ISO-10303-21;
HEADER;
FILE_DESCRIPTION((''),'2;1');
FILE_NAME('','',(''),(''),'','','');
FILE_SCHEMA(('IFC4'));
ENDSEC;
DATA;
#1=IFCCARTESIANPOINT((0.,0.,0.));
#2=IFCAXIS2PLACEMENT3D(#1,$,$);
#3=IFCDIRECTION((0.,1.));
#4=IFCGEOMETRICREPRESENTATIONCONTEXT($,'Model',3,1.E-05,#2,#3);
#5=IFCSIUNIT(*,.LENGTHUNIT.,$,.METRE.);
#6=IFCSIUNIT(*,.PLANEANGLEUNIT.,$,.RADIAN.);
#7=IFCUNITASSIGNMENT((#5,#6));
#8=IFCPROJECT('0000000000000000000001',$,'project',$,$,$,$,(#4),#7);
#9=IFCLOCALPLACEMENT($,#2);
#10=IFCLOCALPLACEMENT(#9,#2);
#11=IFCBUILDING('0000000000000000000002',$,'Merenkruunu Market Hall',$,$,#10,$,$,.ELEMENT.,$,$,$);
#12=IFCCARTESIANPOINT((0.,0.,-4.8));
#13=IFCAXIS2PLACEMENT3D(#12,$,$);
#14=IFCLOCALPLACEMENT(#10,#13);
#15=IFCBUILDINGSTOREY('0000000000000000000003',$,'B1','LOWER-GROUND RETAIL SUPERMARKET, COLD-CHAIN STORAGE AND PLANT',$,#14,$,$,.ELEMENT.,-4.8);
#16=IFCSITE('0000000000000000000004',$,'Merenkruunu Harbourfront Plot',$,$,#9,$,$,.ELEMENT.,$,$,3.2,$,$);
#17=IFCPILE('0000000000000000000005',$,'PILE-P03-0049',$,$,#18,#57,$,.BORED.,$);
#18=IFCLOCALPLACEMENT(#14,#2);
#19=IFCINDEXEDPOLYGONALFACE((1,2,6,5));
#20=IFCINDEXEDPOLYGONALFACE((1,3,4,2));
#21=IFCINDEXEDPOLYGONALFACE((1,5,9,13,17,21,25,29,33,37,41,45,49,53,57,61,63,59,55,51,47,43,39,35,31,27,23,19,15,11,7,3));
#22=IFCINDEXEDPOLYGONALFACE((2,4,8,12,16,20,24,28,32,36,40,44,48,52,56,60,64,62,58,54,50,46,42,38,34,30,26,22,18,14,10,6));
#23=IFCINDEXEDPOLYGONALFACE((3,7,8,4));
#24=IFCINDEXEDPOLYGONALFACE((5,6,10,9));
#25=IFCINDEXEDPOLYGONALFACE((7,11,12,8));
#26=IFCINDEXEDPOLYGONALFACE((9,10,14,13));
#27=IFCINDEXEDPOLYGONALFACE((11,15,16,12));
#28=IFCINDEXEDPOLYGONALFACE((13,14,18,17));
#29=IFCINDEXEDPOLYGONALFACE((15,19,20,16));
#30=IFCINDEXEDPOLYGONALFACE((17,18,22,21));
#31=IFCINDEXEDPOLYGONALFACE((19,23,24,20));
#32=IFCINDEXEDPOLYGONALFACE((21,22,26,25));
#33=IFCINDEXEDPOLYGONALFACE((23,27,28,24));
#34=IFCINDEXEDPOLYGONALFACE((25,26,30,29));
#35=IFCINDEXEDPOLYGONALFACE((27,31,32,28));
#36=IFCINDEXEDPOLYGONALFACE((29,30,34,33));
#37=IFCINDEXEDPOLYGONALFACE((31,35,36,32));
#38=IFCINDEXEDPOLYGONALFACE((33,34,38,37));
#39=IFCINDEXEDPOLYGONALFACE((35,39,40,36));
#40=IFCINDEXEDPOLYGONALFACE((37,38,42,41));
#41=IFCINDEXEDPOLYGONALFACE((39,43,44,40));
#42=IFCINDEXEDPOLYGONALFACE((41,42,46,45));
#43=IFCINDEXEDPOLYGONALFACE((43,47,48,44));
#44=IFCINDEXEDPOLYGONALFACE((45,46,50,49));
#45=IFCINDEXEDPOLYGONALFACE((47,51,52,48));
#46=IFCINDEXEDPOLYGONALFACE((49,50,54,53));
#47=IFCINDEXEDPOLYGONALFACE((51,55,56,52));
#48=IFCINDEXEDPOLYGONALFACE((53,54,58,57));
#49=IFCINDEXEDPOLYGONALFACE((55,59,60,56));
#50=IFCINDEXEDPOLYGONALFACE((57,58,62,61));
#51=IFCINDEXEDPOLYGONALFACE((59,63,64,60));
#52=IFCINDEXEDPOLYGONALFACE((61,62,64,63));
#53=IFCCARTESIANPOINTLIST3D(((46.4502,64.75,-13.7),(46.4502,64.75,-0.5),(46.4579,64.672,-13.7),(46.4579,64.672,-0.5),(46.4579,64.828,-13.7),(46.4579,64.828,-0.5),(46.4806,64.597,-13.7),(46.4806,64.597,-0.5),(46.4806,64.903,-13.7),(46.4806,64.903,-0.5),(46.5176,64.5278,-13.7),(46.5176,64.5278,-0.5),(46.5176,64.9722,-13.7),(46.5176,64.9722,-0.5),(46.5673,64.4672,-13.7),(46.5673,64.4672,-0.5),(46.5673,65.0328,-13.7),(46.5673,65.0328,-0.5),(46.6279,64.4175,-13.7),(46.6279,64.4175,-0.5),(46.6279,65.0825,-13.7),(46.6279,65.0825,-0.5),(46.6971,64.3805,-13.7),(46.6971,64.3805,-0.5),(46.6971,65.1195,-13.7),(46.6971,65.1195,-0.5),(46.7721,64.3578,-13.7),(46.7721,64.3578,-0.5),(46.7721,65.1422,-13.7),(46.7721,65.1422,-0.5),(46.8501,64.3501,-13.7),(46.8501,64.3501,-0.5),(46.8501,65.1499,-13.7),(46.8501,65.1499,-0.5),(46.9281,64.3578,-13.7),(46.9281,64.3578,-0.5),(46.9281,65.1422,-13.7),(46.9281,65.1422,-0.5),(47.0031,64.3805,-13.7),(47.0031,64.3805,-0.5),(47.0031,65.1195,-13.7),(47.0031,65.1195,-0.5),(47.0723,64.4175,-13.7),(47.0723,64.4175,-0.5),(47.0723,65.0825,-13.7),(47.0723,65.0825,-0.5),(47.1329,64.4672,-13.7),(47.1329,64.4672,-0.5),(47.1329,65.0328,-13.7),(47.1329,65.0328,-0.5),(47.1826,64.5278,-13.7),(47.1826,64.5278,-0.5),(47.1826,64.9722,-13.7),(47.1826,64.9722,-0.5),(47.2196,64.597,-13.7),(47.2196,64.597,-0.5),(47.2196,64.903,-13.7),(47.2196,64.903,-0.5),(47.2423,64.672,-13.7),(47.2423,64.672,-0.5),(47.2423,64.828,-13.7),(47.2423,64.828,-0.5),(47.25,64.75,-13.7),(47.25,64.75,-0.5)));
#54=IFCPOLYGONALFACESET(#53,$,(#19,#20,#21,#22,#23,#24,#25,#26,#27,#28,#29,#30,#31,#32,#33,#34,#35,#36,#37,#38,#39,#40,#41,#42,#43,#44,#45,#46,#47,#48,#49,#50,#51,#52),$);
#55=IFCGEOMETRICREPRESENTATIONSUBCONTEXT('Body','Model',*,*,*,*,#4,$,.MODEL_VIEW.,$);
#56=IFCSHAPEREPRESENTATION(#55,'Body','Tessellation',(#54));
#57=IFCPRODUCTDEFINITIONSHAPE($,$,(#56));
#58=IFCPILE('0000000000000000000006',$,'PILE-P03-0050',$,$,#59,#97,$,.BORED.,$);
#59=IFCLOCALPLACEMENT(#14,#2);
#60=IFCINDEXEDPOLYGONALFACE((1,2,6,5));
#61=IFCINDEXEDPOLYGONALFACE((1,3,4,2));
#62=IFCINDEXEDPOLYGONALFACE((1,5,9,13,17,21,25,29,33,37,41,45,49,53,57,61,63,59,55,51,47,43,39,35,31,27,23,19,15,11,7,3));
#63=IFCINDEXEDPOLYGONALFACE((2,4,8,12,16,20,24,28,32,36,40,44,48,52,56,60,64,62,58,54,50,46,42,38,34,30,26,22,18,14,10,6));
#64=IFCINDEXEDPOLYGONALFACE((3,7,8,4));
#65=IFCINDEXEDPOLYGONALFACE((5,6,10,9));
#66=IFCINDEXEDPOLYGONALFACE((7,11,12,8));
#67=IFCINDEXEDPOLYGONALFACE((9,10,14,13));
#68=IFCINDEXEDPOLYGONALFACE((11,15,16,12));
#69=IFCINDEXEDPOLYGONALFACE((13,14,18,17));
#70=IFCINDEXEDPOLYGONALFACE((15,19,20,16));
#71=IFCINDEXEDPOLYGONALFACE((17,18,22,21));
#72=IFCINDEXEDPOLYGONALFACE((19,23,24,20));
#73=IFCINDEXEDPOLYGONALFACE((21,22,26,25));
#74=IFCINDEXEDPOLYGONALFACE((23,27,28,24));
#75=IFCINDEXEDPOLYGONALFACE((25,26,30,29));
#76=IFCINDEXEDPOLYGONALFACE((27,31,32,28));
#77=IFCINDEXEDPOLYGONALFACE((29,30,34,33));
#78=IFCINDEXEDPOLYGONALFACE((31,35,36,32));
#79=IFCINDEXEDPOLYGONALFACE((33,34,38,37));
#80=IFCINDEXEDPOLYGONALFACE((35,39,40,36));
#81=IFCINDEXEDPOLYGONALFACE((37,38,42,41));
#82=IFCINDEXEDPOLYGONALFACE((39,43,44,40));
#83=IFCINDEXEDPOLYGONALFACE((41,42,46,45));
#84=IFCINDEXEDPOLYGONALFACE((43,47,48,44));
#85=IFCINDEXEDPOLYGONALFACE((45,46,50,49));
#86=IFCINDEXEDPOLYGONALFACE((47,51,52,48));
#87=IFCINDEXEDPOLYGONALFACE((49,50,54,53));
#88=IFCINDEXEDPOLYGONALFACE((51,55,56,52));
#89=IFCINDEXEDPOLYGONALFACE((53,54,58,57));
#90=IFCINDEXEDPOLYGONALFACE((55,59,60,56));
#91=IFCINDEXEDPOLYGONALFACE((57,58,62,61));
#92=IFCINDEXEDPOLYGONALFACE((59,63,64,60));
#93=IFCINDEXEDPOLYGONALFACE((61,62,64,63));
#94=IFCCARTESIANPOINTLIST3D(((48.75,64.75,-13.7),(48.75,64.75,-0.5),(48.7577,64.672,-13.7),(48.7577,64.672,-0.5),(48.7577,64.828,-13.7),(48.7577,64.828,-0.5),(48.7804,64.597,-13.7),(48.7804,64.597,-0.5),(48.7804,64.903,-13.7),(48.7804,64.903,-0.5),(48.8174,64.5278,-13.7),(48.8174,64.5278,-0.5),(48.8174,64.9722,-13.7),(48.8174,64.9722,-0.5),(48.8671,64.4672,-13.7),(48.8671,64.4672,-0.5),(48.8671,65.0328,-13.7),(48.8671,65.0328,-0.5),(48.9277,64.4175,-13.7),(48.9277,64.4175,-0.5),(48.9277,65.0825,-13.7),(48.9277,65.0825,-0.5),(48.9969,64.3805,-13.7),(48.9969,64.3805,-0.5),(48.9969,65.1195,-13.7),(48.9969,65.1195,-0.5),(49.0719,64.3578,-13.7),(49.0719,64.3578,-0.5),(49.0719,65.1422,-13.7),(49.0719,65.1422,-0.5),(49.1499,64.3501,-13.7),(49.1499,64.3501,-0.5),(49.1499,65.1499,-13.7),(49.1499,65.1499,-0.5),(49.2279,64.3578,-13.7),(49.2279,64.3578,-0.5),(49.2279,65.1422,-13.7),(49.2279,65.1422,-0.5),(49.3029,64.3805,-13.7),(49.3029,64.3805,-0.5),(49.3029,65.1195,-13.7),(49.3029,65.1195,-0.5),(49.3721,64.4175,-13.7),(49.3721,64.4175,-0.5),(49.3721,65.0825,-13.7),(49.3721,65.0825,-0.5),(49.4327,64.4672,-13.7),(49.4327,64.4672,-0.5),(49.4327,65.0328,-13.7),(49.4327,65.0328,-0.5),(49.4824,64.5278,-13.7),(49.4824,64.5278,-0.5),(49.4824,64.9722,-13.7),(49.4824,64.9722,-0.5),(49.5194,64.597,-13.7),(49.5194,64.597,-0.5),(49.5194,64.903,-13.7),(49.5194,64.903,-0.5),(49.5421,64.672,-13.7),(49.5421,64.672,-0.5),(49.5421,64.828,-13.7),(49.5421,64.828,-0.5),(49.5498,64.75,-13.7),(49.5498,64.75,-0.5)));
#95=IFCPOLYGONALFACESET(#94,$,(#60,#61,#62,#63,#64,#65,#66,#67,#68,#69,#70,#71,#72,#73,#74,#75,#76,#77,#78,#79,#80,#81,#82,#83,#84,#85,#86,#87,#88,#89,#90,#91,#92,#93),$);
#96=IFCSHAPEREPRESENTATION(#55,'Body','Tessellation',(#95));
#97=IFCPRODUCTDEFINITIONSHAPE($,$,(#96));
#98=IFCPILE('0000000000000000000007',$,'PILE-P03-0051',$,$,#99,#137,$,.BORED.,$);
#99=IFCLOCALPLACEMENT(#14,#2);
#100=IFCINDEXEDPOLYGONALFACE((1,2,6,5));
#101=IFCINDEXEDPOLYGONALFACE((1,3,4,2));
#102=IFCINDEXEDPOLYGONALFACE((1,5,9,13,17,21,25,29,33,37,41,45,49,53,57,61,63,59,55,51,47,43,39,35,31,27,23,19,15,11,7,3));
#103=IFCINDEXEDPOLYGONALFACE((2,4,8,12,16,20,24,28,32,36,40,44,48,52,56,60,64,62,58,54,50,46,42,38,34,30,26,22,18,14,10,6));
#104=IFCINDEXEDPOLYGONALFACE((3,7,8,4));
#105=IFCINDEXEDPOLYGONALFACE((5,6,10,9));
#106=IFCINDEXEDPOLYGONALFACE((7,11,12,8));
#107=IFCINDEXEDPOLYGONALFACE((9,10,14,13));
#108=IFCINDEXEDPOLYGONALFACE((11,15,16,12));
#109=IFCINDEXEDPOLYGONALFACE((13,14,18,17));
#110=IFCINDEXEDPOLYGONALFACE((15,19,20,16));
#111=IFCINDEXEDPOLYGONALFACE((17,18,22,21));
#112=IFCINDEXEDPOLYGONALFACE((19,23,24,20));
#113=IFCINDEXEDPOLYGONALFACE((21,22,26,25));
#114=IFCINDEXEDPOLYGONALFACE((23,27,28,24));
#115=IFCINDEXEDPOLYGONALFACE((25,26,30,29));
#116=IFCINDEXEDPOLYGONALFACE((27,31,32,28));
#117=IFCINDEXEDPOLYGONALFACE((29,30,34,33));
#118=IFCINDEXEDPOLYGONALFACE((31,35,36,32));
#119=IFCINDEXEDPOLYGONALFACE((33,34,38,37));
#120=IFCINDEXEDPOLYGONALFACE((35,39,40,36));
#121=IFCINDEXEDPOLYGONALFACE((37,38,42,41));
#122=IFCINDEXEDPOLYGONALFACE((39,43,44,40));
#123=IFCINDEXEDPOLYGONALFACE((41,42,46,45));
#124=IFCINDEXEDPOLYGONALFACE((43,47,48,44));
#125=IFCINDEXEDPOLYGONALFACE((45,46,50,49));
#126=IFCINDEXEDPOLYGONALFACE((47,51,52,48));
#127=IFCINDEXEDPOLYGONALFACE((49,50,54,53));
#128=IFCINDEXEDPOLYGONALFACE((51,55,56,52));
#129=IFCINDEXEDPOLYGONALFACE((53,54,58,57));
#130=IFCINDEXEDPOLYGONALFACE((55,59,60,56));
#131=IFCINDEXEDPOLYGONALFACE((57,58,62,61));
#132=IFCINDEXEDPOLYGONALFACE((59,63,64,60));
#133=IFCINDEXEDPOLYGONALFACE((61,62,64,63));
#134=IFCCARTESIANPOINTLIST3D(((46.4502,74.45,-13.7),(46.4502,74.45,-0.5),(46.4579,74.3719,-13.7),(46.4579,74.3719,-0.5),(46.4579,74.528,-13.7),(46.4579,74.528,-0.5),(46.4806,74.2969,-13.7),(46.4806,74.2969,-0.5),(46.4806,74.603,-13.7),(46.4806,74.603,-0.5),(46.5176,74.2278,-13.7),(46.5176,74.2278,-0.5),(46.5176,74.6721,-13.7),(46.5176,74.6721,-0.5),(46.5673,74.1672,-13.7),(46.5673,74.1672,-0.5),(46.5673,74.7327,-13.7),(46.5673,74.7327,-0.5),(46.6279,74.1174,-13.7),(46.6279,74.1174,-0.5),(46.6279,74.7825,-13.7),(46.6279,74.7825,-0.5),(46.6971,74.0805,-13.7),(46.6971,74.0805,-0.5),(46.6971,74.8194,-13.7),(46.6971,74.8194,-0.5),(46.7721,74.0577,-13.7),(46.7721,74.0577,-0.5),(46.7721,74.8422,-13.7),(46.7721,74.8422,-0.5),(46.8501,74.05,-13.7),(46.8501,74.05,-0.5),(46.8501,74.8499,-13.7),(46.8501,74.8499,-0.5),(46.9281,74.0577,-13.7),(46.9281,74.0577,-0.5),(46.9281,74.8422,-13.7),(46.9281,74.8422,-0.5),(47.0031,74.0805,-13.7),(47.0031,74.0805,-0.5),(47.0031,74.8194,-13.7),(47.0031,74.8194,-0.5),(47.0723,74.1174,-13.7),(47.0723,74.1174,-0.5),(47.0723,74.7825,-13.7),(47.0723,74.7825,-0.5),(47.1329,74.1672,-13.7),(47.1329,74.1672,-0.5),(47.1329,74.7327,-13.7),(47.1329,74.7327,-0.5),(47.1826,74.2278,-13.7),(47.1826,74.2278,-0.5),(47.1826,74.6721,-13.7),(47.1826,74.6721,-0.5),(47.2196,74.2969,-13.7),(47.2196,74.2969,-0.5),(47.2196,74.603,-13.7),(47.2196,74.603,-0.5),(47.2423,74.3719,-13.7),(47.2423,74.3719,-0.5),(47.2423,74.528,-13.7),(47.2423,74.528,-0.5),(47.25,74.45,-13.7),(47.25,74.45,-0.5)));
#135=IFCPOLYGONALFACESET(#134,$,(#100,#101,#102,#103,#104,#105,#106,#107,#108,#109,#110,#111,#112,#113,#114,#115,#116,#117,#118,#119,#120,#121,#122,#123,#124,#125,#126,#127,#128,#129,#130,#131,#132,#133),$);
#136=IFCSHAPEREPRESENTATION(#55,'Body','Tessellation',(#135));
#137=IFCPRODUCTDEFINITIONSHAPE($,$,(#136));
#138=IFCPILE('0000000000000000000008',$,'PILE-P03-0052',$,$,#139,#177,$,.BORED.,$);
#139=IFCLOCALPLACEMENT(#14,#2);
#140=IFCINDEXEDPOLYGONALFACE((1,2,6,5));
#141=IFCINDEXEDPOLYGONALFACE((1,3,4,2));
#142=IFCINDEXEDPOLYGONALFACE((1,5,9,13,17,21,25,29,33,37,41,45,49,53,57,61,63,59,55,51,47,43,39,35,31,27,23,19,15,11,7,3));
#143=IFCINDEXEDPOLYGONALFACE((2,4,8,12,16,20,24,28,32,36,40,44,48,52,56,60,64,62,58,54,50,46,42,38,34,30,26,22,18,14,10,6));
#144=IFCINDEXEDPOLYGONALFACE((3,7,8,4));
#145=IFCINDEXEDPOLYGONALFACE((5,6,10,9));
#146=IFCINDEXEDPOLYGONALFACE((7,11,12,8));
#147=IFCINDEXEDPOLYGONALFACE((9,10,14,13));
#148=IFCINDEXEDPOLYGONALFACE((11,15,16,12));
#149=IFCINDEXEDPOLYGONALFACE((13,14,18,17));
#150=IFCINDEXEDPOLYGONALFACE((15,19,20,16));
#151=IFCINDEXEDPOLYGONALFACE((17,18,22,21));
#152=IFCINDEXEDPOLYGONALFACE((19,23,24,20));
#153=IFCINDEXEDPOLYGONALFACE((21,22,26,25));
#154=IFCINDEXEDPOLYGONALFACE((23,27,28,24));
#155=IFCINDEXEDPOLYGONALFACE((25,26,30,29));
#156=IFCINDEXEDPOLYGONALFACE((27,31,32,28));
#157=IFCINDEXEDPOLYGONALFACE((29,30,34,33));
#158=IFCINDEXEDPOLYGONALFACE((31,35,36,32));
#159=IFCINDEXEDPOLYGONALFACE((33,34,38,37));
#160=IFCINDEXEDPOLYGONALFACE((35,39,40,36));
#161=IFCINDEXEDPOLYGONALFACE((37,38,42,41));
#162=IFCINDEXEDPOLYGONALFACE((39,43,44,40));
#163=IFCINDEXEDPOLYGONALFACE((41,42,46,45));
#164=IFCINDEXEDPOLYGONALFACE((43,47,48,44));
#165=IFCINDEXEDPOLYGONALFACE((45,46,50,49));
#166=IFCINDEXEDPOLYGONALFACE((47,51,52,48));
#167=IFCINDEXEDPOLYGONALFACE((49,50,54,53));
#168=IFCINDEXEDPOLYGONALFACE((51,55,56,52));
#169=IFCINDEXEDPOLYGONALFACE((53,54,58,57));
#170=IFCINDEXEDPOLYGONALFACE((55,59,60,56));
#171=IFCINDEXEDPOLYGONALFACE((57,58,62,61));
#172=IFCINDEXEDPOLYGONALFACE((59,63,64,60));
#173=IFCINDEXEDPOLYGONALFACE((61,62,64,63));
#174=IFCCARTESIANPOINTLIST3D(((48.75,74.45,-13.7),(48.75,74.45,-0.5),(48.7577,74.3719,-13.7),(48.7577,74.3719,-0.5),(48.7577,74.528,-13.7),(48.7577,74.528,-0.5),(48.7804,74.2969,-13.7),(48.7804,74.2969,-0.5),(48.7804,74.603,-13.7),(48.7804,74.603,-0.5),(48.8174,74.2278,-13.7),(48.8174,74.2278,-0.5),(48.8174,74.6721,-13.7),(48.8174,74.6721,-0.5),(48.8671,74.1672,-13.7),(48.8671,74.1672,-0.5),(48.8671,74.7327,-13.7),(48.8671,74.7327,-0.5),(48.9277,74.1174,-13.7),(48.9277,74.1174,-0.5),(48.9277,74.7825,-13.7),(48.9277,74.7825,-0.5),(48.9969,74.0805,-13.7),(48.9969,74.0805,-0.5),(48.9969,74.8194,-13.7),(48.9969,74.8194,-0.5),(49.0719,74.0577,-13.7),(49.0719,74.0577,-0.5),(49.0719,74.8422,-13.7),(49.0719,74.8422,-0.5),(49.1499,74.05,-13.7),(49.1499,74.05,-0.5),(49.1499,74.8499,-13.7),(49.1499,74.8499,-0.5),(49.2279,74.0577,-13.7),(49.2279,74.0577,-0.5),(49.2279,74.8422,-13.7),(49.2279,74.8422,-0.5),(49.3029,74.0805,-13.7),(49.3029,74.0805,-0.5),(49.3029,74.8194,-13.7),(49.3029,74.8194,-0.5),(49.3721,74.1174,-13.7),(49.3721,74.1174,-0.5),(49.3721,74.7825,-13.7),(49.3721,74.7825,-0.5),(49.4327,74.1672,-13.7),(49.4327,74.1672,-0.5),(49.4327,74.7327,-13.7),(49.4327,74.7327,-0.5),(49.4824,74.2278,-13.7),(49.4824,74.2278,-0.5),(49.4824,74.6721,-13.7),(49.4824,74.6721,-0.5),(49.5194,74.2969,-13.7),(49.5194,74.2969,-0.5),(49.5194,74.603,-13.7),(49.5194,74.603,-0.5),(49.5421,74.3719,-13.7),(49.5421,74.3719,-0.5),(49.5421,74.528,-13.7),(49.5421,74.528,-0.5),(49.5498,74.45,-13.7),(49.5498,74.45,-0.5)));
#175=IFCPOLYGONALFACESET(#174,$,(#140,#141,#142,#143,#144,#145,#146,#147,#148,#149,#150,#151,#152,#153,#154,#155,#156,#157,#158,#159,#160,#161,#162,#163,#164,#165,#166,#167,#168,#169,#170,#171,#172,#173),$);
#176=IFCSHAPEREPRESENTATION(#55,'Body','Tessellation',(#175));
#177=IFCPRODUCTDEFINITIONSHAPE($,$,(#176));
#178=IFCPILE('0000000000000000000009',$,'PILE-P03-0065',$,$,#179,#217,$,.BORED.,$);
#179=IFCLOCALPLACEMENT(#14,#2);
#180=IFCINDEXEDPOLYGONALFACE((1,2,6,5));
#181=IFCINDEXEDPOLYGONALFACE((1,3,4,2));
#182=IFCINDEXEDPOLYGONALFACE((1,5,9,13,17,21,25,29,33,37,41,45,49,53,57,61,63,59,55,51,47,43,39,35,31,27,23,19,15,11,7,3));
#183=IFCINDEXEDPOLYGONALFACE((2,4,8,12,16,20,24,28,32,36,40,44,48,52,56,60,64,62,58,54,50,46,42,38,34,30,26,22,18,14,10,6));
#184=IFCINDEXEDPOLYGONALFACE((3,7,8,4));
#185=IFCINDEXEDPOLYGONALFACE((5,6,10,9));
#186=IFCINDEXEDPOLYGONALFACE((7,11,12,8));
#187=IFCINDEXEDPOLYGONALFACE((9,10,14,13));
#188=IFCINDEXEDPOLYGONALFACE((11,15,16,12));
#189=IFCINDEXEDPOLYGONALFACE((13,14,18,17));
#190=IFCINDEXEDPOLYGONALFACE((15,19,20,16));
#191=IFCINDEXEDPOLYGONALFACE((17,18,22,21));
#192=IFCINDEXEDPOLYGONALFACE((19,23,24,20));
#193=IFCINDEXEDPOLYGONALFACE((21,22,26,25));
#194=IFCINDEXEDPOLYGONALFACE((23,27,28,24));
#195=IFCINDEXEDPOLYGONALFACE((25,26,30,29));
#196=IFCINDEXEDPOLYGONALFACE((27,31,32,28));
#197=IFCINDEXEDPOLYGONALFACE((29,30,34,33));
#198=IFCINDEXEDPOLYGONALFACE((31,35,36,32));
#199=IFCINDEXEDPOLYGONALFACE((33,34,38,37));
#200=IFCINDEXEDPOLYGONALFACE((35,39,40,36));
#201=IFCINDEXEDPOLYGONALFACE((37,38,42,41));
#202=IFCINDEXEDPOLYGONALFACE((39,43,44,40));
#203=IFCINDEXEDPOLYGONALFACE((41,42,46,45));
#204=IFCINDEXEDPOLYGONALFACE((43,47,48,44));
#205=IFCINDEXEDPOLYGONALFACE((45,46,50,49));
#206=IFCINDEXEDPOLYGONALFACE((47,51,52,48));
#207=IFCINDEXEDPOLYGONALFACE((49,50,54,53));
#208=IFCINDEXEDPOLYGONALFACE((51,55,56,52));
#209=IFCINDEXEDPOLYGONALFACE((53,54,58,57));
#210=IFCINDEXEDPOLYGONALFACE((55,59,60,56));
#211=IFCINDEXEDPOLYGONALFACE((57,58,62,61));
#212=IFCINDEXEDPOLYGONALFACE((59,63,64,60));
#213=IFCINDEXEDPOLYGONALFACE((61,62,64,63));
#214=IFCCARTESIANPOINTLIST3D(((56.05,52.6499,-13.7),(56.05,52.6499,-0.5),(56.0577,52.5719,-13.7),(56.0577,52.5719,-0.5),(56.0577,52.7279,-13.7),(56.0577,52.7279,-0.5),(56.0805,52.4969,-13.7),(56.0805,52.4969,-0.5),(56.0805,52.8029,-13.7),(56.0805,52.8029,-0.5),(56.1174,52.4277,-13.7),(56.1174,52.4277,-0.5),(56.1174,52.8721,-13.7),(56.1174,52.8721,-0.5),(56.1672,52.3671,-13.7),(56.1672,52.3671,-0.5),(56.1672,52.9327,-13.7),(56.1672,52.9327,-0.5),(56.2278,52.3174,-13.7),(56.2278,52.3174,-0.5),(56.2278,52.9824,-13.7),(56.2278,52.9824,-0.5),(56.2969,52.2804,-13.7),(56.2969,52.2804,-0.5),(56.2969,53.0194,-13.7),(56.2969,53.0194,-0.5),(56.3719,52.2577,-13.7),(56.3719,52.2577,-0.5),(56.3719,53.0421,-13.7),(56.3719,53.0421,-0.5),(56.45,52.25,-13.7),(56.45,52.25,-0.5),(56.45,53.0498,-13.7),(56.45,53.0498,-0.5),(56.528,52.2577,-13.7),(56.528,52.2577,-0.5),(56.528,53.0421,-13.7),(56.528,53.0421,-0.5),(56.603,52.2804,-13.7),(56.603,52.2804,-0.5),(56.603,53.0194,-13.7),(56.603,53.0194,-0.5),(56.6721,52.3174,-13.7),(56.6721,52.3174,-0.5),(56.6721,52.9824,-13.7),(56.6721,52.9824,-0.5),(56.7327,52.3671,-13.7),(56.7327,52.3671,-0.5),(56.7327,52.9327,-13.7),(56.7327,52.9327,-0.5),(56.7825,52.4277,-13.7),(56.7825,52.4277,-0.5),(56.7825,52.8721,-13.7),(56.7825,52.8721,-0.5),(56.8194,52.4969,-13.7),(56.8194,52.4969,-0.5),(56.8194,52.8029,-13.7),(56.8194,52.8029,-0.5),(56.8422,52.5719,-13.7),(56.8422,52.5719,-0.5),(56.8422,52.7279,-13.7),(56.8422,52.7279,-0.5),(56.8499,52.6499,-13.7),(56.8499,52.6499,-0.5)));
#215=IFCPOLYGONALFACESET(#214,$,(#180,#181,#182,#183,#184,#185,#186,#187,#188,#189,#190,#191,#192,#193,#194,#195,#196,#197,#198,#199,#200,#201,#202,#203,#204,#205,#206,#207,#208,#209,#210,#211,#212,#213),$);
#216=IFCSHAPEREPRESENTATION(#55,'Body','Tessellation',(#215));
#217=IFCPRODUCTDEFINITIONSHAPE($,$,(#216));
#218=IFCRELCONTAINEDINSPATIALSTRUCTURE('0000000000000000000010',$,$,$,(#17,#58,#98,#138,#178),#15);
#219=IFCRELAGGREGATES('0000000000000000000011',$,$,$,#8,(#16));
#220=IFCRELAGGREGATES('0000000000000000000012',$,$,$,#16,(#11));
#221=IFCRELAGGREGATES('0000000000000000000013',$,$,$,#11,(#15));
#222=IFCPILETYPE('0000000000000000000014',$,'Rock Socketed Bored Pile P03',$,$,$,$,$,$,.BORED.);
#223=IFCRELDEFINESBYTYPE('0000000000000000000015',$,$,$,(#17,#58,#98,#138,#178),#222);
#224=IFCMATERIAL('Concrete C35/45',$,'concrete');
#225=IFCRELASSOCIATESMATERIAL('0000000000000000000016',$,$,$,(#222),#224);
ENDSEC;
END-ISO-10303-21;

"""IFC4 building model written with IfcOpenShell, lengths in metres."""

from ifc_helpers import new_model, si_unit, direction, frame, origin, origin_2d, place, context, subcontext, project, spatial, circle, extrude, material, material_profile, profile_set, type_object, element, save


model = new_model("IFC4")

# Units and contexts
model_context = context("Model", 3, precision=1e-05, world=origin(), true_north=direction((0.0, 1.0)))
body_context = subcontext(model_context, "Body", "Model", "MODEL_VIEW")
ifc_project = project(units=[si_unit("LENGTHUNIT", "METRE"), si_unit("PLANEANGLEUNIT", "RADIAN")], contexts=[model_context])

# Site, building, storey
site_placement = place(None, origin())
site = spatial("IfcSite", under=ifc_project, at=site_placement, Name="Merenkruunu Harbourfront Plot", CompositionType="ELEMENT", RefElevation=3.2)
building_placement = place(site_placement, origin())
building = spatial("IfcBuilding", under=site, at=building_placement, Name="Merenkruunu Market Hall", CompositionType="ELEMENT")
storey_placement = place(building_placement, frame((0.0, 0.0, -4.8)))
storey = spatial("IfcBuildingStorey", under=building, at=storey_placement, Name="B1", Description="LOWER-GROUND RETAIL SUPERMARKET, COLD-CHAIN STORAGE AND PLANT", CompositionType="ELEMENT", Elevation=-4.8)

# Piles
ifc_material_1 = material(Name="Concrete C35/45", Category="concrete")
ifc_material_profile_1 = material_profile(ifc_material_1, circle(Radius=0.3999, at=origin_2d()), Name="BORED PILE 800")
ifc_profile_set_1 = profile_set([ifc_material_profile_1], Name="Concrete C35/45")
pile_type_1 = type_object("IfcPileType", Name="Rock Socketed Bored Pile P03", PredefinedType="BORED", material=ifc_profile_set_1)
for number, where, z_axis, x_axis, name in (
    (1, (46.8501, 64.75, -0.5), (0.0, 0.0, -1.0), (1.0, 0.0, 0.0), "PILE-P03-0049"),
    (2, (49.1499, 64.75, -0.5), (0.0, 0.0, -1.0), (1.0, 0.0, 0.0), "PILE-P03-0050"),
    (3, (46.8501, 74.45, -0.5), (0.0, 0.0, -1.0), (1.0, 0.0, 0.0), "PILE-P03-0051"),
    (4, (49.1499, 74.45, -0.5), (0.0, 0.0, -1.0), (1.0, 0.0, 0.0), "PILE-P03-0052"),
    (5, (56.45, 52.6499, -0.5), (0.0, 0.0, -1.0), (1.0, 0.0, 0.0), "PILE-P03-0065"),
):
    element("IfcPile", number, at=place(storey_placement, frame(where, z_axis=z_axis, x_axis=x_axis)), inside=storey, type_object=pile_type_1, Name=name, PredefinedType="BORED", context=body_context, shape_type="SweptSolid", body=[
        extrude(circle(Radius=0.3999, at=origin_2d()), origin(), (0.0, 0.0, 1.0), 13.2),
    ])

save(model, "model.ifc")
